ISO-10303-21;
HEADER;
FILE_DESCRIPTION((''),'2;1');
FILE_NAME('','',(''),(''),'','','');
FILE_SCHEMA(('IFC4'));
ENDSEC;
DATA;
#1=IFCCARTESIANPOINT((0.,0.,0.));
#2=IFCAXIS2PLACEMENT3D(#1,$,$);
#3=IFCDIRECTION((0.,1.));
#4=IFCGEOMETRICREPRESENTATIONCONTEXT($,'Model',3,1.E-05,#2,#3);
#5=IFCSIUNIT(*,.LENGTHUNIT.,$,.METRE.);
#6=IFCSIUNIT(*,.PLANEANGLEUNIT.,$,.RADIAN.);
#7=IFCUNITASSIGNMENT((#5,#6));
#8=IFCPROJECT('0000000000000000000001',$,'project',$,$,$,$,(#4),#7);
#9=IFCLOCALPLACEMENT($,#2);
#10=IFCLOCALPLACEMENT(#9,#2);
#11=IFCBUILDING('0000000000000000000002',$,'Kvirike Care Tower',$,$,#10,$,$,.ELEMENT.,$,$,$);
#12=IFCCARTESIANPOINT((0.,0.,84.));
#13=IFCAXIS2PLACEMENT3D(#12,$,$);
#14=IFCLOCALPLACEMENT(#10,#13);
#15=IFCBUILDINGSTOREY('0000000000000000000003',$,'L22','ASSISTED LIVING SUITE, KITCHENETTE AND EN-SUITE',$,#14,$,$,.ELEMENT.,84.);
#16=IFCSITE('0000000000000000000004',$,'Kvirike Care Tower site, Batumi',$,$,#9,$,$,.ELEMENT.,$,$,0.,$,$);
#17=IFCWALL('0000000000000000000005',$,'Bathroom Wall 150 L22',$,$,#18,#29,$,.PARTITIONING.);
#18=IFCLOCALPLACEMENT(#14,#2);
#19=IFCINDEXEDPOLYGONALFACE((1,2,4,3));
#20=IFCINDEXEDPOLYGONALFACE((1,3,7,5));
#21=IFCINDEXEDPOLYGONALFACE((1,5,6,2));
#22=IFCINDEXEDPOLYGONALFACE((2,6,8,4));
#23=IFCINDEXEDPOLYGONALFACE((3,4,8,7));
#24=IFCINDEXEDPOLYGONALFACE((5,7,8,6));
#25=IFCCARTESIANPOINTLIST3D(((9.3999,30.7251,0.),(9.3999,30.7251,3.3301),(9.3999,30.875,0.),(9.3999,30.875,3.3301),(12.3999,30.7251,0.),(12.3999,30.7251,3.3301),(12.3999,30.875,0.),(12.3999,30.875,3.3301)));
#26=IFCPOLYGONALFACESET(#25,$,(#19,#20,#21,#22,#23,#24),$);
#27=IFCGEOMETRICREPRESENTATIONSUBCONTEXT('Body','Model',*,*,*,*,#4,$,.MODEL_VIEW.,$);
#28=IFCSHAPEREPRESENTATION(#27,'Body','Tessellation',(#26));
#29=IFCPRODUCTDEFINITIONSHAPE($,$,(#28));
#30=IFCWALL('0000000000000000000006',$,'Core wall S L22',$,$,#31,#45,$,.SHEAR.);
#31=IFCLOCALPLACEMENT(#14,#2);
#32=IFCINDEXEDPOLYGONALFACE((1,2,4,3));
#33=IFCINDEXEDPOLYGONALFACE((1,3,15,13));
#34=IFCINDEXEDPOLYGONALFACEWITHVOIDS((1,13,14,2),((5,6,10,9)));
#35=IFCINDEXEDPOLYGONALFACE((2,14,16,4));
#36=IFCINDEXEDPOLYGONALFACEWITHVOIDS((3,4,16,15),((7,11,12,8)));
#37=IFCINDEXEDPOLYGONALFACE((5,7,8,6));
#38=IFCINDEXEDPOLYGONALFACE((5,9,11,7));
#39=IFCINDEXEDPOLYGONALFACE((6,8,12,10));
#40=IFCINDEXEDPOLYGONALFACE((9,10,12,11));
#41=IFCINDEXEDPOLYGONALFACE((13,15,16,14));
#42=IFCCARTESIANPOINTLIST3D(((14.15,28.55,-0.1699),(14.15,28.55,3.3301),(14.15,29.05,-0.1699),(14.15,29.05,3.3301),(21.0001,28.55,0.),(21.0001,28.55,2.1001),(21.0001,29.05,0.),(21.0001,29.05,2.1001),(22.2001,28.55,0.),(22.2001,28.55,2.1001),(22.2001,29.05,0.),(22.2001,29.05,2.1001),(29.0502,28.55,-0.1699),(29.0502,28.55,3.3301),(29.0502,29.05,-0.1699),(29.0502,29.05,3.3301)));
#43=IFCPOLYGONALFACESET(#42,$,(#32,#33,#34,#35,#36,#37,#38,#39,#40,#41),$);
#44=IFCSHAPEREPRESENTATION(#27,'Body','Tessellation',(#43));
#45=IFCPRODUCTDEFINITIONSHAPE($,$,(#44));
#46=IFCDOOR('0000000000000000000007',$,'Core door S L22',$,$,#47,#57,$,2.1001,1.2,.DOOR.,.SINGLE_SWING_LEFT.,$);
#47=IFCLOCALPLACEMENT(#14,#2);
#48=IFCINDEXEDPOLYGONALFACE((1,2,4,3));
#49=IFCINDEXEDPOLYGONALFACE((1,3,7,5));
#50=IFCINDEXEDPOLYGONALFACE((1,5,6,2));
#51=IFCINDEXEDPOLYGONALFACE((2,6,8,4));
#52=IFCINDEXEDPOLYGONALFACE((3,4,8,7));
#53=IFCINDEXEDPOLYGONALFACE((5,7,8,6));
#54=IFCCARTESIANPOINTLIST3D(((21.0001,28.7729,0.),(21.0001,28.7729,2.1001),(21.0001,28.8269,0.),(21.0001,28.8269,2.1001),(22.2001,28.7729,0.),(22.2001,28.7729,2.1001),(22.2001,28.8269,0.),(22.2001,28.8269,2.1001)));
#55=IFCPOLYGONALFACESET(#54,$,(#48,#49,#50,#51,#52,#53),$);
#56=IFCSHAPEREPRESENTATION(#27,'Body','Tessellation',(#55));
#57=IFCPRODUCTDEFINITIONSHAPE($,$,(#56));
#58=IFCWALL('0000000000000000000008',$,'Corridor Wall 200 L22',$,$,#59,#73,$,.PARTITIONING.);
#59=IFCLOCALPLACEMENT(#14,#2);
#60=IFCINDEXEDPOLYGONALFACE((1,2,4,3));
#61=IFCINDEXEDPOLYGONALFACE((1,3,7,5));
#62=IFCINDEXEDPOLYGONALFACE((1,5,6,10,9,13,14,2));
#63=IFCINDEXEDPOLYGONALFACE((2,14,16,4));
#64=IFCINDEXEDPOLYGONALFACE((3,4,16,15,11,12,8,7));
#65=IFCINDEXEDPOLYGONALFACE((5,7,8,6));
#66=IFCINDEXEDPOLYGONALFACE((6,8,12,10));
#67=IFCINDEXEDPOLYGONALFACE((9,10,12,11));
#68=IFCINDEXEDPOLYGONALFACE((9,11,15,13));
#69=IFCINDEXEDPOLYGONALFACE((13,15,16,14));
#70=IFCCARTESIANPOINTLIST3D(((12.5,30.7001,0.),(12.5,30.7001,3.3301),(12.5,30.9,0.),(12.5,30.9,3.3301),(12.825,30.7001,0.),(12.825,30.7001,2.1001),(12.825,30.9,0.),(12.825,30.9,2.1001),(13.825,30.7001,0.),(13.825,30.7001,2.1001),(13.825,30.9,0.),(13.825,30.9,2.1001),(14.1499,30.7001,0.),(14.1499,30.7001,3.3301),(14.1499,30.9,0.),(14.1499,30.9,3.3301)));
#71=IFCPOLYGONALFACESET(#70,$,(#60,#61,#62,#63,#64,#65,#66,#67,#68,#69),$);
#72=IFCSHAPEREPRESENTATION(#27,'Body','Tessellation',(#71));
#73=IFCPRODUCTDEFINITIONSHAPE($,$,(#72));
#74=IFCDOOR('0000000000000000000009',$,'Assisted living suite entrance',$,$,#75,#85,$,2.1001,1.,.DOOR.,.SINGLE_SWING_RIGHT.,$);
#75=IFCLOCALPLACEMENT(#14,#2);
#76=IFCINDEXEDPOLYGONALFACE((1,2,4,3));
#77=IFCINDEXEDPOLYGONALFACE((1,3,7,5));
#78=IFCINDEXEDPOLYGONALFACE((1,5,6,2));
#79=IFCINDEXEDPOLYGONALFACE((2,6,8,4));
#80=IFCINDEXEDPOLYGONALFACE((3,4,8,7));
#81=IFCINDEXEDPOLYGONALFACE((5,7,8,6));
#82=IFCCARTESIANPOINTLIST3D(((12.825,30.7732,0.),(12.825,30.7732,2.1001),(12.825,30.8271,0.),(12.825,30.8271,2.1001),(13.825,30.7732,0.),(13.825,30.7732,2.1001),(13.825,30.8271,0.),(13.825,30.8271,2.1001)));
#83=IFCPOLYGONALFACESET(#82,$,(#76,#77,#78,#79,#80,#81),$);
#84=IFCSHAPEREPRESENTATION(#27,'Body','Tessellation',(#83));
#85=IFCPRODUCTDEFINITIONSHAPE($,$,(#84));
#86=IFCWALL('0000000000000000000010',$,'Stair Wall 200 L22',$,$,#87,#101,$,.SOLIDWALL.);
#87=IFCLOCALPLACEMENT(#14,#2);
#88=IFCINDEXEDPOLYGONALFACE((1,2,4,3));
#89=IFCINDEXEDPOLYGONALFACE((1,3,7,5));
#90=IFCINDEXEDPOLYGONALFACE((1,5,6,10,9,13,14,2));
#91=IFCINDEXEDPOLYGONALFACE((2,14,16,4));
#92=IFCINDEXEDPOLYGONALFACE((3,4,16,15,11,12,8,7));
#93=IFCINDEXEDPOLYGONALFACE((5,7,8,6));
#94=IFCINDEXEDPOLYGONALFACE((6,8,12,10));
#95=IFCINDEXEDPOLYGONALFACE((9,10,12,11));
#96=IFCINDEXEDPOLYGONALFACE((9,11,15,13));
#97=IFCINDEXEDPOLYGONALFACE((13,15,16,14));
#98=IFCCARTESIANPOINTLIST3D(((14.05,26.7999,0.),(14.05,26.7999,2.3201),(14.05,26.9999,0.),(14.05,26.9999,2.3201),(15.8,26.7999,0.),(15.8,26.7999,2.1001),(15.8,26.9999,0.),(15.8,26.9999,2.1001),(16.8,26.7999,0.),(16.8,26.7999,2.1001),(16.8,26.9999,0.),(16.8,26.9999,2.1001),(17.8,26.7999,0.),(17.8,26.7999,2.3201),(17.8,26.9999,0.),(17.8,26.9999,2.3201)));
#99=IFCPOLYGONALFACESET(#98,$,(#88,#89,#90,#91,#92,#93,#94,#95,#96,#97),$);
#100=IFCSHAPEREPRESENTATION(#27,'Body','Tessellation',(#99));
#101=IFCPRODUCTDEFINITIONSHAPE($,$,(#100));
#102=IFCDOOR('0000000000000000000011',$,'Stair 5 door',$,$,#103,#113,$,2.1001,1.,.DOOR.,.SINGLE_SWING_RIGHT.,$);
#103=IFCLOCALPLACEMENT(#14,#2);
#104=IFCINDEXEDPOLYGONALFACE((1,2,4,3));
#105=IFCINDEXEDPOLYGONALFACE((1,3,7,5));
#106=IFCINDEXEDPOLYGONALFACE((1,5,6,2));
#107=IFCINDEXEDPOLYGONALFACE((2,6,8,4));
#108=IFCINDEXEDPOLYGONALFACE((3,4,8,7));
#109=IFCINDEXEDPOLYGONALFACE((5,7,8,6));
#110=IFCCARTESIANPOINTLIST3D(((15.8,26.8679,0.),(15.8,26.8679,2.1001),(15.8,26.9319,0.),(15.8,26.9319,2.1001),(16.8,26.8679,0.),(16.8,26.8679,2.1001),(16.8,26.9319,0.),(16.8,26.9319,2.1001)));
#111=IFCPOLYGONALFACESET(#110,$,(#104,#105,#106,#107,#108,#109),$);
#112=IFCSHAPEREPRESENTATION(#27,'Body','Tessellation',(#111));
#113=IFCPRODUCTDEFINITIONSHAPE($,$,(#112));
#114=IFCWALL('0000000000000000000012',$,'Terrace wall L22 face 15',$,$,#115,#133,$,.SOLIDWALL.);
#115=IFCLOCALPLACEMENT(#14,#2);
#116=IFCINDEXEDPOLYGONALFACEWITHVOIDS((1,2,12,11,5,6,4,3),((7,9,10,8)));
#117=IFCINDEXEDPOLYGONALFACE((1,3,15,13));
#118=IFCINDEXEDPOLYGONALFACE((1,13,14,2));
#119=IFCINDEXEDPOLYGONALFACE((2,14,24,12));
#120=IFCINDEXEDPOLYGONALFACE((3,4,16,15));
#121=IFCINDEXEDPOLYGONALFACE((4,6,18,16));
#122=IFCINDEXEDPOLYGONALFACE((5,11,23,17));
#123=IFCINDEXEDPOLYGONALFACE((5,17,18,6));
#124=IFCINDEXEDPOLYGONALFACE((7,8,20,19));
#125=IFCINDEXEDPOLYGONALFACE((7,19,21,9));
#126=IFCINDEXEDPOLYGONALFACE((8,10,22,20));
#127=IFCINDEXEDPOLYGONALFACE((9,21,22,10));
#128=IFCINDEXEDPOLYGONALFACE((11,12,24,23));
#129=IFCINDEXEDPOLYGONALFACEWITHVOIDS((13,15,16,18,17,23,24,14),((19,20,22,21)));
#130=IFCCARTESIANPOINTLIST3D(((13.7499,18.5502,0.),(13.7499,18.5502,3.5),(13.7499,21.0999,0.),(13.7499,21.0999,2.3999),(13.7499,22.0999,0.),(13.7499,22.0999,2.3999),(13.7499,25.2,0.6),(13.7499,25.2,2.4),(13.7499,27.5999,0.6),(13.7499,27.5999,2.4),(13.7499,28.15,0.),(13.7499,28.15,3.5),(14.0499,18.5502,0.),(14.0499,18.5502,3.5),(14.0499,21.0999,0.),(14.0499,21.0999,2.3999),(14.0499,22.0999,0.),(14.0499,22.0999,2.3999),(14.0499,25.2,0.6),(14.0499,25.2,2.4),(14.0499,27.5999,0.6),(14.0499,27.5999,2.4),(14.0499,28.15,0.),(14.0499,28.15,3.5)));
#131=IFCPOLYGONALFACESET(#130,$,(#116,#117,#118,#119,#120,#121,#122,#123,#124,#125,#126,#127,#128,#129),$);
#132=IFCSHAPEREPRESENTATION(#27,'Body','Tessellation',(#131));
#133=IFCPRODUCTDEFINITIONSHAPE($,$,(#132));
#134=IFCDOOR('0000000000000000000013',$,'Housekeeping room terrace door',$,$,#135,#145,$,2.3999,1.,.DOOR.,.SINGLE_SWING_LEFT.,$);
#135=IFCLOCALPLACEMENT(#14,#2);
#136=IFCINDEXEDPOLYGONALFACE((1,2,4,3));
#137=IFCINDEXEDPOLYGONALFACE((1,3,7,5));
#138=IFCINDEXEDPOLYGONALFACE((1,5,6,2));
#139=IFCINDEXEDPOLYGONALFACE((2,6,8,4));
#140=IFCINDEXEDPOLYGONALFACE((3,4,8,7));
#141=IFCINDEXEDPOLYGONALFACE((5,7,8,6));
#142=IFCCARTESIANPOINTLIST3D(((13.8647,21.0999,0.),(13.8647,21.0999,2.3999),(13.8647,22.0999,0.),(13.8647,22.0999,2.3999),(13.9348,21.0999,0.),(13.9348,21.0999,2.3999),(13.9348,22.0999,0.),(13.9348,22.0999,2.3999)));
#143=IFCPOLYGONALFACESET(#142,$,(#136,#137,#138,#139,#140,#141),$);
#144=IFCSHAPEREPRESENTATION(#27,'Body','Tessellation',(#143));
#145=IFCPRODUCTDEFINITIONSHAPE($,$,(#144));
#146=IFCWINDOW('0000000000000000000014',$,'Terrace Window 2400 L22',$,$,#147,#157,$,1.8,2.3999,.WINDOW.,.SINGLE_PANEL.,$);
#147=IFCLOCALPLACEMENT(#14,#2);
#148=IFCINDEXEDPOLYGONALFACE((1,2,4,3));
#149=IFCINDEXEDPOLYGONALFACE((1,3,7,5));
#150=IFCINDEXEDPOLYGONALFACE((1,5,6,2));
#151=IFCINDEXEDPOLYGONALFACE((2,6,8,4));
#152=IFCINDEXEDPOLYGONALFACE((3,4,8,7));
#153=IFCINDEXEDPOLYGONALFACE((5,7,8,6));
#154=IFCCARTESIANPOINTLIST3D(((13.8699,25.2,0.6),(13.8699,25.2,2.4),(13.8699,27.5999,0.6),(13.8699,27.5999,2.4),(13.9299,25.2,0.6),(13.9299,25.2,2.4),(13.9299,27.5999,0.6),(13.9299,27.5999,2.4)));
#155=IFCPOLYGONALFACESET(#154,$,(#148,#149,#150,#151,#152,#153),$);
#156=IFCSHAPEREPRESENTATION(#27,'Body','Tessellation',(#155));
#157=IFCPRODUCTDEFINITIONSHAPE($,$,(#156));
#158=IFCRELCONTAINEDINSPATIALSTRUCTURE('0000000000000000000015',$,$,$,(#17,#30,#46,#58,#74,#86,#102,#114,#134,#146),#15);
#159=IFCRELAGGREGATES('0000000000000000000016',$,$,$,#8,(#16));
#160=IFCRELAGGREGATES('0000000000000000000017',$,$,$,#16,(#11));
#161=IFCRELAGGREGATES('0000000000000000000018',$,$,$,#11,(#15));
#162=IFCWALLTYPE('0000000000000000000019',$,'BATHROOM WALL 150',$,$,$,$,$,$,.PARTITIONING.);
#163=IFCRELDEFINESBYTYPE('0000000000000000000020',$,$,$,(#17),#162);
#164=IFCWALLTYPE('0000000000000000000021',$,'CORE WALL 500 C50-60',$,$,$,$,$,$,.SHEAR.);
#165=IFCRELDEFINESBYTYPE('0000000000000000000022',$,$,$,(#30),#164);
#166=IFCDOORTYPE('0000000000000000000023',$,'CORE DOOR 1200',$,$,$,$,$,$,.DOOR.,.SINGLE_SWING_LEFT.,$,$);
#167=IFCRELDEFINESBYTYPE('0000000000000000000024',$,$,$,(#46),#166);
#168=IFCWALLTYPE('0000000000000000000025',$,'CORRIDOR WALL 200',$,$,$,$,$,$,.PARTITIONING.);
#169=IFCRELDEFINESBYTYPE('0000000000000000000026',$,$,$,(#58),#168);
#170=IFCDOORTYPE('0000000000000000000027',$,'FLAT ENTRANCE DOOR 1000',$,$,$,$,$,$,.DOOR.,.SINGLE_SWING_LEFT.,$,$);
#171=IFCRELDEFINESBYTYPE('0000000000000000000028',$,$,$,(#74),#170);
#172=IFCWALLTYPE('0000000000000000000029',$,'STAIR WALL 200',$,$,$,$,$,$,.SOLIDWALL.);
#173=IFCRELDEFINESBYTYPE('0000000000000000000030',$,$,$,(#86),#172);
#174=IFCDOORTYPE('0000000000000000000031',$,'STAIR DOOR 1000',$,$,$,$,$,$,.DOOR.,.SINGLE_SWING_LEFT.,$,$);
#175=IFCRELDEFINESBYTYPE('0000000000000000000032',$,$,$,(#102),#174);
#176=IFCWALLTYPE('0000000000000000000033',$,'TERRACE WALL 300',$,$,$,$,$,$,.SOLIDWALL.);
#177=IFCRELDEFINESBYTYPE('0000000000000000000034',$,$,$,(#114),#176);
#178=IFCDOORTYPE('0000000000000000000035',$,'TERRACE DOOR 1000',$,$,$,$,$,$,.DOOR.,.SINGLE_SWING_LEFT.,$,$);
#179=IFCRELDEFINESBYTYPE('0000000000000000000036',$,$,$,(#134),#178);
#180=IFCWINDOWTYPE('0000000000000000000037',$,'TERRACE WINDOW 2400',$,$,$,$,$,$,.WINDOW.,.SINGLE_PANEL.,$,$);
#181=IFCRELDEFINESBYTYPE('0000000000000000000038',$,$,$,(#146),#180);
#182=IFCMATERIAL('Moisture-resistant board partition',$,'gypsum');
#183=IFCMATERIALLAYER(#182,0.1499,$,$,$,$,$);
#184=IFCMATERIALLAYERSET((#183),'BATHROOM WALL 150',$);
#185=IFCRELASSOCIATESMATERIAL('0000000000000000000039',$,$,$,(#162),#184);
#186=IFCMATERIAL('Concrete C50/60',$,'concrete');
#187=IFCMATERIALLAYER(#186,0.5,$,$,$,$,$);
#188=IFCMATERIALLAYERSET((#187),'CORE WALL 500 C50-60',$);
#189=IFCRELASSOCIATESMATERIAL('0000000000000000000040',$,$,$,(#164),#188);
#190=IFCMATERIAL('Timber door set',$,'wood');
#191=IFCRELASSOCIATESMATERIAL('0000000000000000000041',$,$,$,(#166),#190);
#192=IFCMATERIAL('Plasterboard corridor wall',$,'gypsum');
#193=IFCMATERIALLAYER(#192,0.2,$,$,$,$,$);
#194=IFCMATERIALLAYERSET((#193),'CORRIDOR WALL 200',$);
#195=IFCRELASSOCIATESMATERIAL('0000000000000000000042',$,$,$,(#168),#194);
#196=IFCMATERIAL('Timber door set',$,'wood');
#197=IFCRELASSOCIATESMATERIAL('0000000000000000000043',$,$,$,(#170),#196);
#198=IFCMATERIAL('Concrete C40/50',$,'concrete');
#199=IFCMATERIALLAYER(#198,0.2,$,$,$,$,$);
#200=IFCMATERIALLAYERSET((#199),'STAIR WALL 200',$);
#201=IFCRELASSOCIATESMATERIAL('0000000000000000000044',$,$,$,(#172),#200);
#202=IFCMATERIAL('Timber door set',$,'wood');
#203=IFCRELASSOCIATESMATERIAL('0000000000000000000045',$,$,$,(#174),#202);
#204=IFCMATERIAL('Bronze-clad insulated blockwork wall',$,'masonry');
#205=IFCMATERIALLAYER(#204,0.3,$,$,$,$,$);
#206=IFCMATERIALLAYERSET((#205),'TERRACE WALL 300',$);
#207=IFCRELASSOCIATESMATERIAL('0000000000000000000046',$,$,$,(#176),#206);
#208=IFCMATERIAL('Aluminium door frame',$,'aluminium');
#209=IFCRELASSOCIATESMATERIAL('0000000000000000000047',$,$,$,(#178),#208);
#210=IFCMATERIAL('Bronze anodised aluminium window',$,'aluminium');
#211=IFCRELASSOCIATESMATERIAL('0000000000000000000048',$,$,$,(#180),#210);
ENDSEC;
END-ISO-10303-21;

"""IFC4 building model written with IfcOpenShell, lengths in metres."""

from ifc_helpers import new_model, si_unit, direction, frame, frame_2d, origin, place, context, subcontext, project, spatial, rectangle, extrude, material, layer, layer_set, type_object, element, fill, save


model = new_model("IFC4")

# Units and contexts
model_context = context("Model", 3, precision=1e-05, world=origin(), true_north=direction((0.0, 1.0)))
body_context = subcontext(model_context, "Body", "Model", "MODEL_VIEW")
ifc_project = project(units=[si_unit("LENGTHUNIT", "METRE"), si_unit("PLANEANGLEUNIT", "RADIAN")], contexts=[model_context])

# Site, building, storey
site_placement = place(None, origin())
site = spatial("IfcSite", under=ifc_project, at=site_placement, Name="Kvirike Care Tower site, Batumi", CompositionType="ELEMENT", RefElevation=0.0)
building_placement = place(site_placement, origin())
building = spatial("IfcBuilding", under=site, at=building_placement, Name="Kvirike Care Tower", CompositionType="ELEMENT")
storey_placement = place(building_placement, frame((0.0, 0.0, 84.0)))
storey = spatial("IfcBuildingStorey", under=building, at=storey_placement, Name="L22", Description="ASSISTED LIVING SUITE, KITCHENETTE AND EN-SUITE", CompositionType="ELEMENT", Elevation=84.0)

# Wall
ifc_material_1 = material(Name="Moisture-resistant board partition", Category="gypsum")
ifc_layer_1 = layer(ifc_material_1, 0.1499)
ifc_layer_set_1 = layer_set([ifc_layer_1], Name="BATHROOM WALL 150")
wall_type_1 = type_object("IfcWallType", Name="BATHROOM WALL 150", PredefinedType="PARTITIONING", material=ifc_layer_set_1)
wall_1_placement = place(storey_placement, frame((9.3999, 30.8, 0.0), z_axis=(0.0, 0.0, 1.0), x_axis=(1.0, 0.0, 0.0)))
element("IfcWall", 1, at=wall_1_placement, inside=storey, type_object=wall_type_1, Name="Bathroom Wall 150 L22", PredefinedType="PARTITIONING", context=body_context, shape_type="SweptSolid", body=[
    extrude(rectangle(XDim=3.0, YDim=0.1499, at=frame_2d((1.5, 0.0))), origin(), (0.0, 0.0, 1.0), 3.3301),
])

# Walls, openings, doors
ifc_material_2 = material(Name="Concrete C50/60", Category="concrete")
ifc_layer_2 = layer(ifc_material_2, 0.5)
ifc_layer_set_2 = layer_set([ifc_layer_2], Name="CORE WALL 500 C50-60")
wall_type_2 = type_object("IfcWallType", Name="CORE WALL 500 C50-60", PredefinedType="SHEAR", material=ifc_layer_set_2)
wall_2_placement = place(storey_placement, frame((14.1499, 28.8, -0.1699), z_axis=(0.0, 0.0, 1.0), x_axis=(1.0, 0.0, 0.0)))
wall_2 = element("IfcWall", 2, at=wall_2_placement, inside=storey, type_object=wall_type_2, Name="Core wall S L22", PredefinedType="SHEAR", context=body_context, shape_type="SweptSolid", body=[
    extrude(rectangle(XDim=14.9001, YDim=0.5, at=frame_2d((7.4502, 0.0))), origin(), (0.0, 0.0, 1.0), 3.5),
])
opening_1_placement = place(wall_2_placement, frame((6.8501, 0.0, 0.1699)))
opening_1 = element("IfcOpeningElement", 3, at=opening_1_placement, cuts=wall_2, PredefinedType="OPENING", context=body_context, shape_type="SweptSolid", body=[
    extrude(rectangle(XDim=1.2, YDim=2.1001, at=frame_2d((0.6001, 1.05))), frame((0.0, 0.2605, 0.0), z_axis=(0.0, -1.0, 0.0), x_axis=(1.0, 0.0, 0.0)), (0.0, 0.0, 1.0), 0.521),
])
ifc_material_3 = material(Name="Timber door set", Category="wood")
door_type_1 = type_object("IfcDoorType", Name="CORE DOOR 1200", OperationType="SINGLE_SWING_LEFT", PredefinedType="DOOR", material=ifc_material_3)
door_1_placement = place(opening_1_placement, origin())
door_1 = element("IfcDoor", 4, at=door_1_placement, inside=storey, type_object=door_type_1, Name="Core door S L22", OperationType="SINGLE_SWING_LEFT", OverallHeight=2.1001, OverallWidth=1.2, PredefinedType="DOOR", context=body_context, shape_type="SweptSolid", body=[
    extrude(rectangle(XDim=1.2, YDim=2.1001, at=frame_2d((0.6001, 1.05))), frame((0.0, 0.0269, 0.0), z_axis=(0.0, -1.0, 0.0), x_axis=(1.0, 0.0, 0.0)), (0.0, 0.0, 1.0), 0.054),
])
fill(opening_1, door_1)
ifc_material_4 = material(Name="Plasterboard corridor wall", Category="gypsum")
ifc_layer_3 = layer(ifc_material_4, 0.2)
ifc_layer_set_3 = layer_set([ifc_layer_3], Name="CORRIDOR WALL 200")
wall_type_3 = type_object("IfcWallType", Name="CORRIDOR WALL 200", PredefinedType="PARTITIONING", material=ifc_layer_set_3)
wall_3_placement = place(storey_placement, frame((12.5, 30.8, 0.0), z_axis=(0.0, 0.0, 1.0), x_axis=(1.0, 0.0, 0.0)))
wall_3 = element("IfcWall", 5, at=wall_3_placement, inside=storey, type_object=wall_type_3, Name="Corridor Wall 200 L22", PredefinedType="PARTITIONING", context=body_context, shape_type="SweptSolid", body=[
    extrude(rectangle(XDim=1.6499, YDim=0.2, at=frame_2d((0.825, 0.0))), origin(), (0.0, 0.0, 1.0), 3.3301),
])
opening_2_placement = place(wall_3_placement, frame((0.325, 0.0, 0.0)))
opening_2 = element("IfcOpeningElement", 6, at=opening_2_placement, cuts=wall_3, PredefinedType="OPENING", context=body_context, shape_type="SweptSolid", body=[
    extrude(rectangle(XDim=1.0, YDim=2.1001, at=frame_2d((0.5, 1.05))), frame((0.0, 0.1106, 0.0), z_axis=(0.0, -1.0, 0.0), x_axis=(1.0, 0.0, 0.0)), (0.0, 0.0, 1.0), 0.2209),
])
ifc_material_5 = material(Name="Timber door set", Category="wood")
door_type_2 = type_object("IfcDoorType", Name="FLAT ENTRANCE DOOR 1000", OperationType="SINGLE_SWING_LEFT", PredefinedType="DOOR", material=ifc_material_5)
door_2_placement = place(opening_2_placement, frame((1.0, 0.0, 0.0), z_axis=(0.0, 0.0, 1.0), x_axis=(-1.0, 0.0, 0.0)))
door_2 = element("IfcDoor", 7, at=door_2_placement, inside=storey, type_object=door_type_2, Name="Assisted living suite entrance", OperationType="SINGLE_SWING_RIGHT", OverallHeight=2.1001, OverallWidth=1.0, PredefinedType="DOOR", context=body_context, shape_type="SweptSolid", body=[
    extrude(rectangle(XDim=1.0, YDim=2.1001, at=frame_2d((0.5, 1.05))), frame((0.0, 0.0269, 0.0), z_axis=(0.0, -1.0, 0.0), x_axis=(1.0, 0.0, 0.0)), (0.0, 0.0, 1.0), 0.054),
])
fill(opening_2, door_2)
ifc_material_6 = material(Name="Concrete C40/50", Category="concrete")
ifc_layer_4 = layer(ifc_material_6, 0.2)
ifc_layer_set_4 = layer_set([ifc_layer_4], Name="STAIR WALL 200")
wall_type_4 = type_object("IfcWallType", Name="STAIR WALL 200", PredefinedType="SOLIDWALL", material=ifc_layer_set_4)
wall_4_placement = place(storey_placement, frame((14.05, 26.8999, 0.0), z_axis=(0.0, 0.0, 1.0), x_axis=(1.0, 0.0, 0.0)))
wall_4 = element("IfcWall", 8, at=wall_4_placement, inside=storey, type_object=wall_type_4, Name="Stair Wall 200 L22", PredefinedType="SOLIDWALL", context=body_context, shape_type="SweptSolid", body=[
    extrude(rectangle(XDim=3.75, YDim=0.2, at=frame_2d((1.875, 0.0))), origin(), (0.0, 0.0, 1.0), 2.3201),
])
opening_3_placement = place(wall_4_placement, frame((1.75, 0.0, 0.0)))
opening_3 = element("IfcOpeningElement", 9, at=opening_3_placement, cuts=wall_4, PredefinedType="OPENING", context=body_context, shape_type="SweptSolid", body=[
    extrude(rectangle(XDim=1.0, YDim=2.1001, at=frame_2d((0.5, 1.05))), frame((0.0, 0.1106, 0.0), z_axis=(0.0, -1.0, 0.0), x_axis=(1.0, 0.0, 0.0)), (0.0, 0.0, 1.0), 0.2209),
])
ifc_material_7 = material(Name="Timber door set", Category="wood")
door_type_3 = type_object("IfcDoorType", Name="STAIR DOOR 1000", OperationType="SINGLE_SWING_LEFT", PredefinedType="DOOR", material=ifc_material_7)
door_3_placement = place(opening_3_placement, frame((1.0, 0.0, 0.0), z_axis=(0.0, 0.0, 1.0), x_axis=(-1.0, 0.0, 0.0)))
door_3 = element("IfcDoor", 10, at=door_3_placement, inside=storey, type_object=door_type_3, Name="Stair 5 door", OperationType="SINGLE_SWING_RIGHT", OverallHeight=2.1001, OverallWidth=1.0, PredefinedType="DOOR", context=body_context, shape_type="SweptSolid", body=[
    extrude(rectangle(XDim=1.0, YDim=2.1001, at=frame_2d((0.5, 1.05))), frame((0.0, 0.032, 0.0), z_axis=(0.0, -1.0, 0.0), x_axis=(1.0, 0.0, 0.0)), (0.0, 0.0, 1.0), 0.064),
])
fill(opening_3, door_3)

# Wall, openings, door, window
ifc_material_8 = material(Name="Bronze-clad insulated blockwork wall", Category="masonry")
ifc_layer_5 = layer(ifc_material_8, 0.3)
ifc_layer_set_5 = layer_set([ifc_layer_5], Name="TERRACE WALL 300")
wall_type_5 = type_object("IfcWallType", Name="TERRACE WALL 300", PredefinedType="SOLIDWALL", material=ifc_layer_set_5)
wall_5_placement = place(storey_placement, frame((13.8999, 28.1499, 0.0), z_axis=(0.0, 0.0, 1.0), x_axis=(0.0, -1.0, 0.0)))
wall_5 = element("IfcWall", 11, at=wall_5_placement, inside=storey, type_object=wall_type_5, Name="Terrace wall L22 face 15", PredefinedType="SOLIDWALL", context=body_context, shape_type="SweptSolid", body=[
    extrude(rectangle(XDim=9.5999, YDim=0.3, at=frame_2d((4.7998, 0.0))), origin(), (0.0, 0.0, 1.0), 3.5),
])
opening_4_placement = place(wall_5_placement, frame((6.05, 0.0, 0.0)))
opening_4 = element("IfcOpeningElement", 12, at=opening_4_placement, cuts=wall_5, PredefinedType="OPENING", context=body_context, shape_type="SweptSolid", body=[
    extrude(rectangle(XDim=1.0, YDim=2.3999, at=frame_2d((0.5, 1.2))), frame((0.0, 0.1606, 0.0), z_axis=(0.0, -1.0, 0.0), x_axis=(1.0, 0.0, 0.0)), (0.0, 0.0, 1.0), 0.321),
])
opening_5_placement = place(wall_5_placement, frame((0.55, 0.0, 0.6001)))
opening_5 = element("IfcOpeningElement", 13, at=opening_5_placement, cuts=wall_5, PredefinedType="OPENING", context=body_context, shape_type="SweptSolid", body=[
    extrude(rectangle(XDim=2.3999, YDim=1.8, at=frame_2d((1.2, 0.8999))), frame((0.0, 0.1606, 0.0), z_axis=(0.0, -1.0, 0.0), x_axis=(1.0, 0.0, 0.0)), (0.0, 0.0, 1.0), 0.321),
])
ifc_material_9 = material(Name="Aluminium door frame", Category="aluminium")
door_type_4 = type_object("IfcDoorType", Name="TERRACE DOOR 1000", OperationType="SINGLE_SWING_LEFT", PredefinedType="DOOR", material=ifc_material_9)
door_4_placement = place(opening_4_placement, frame((1.0, 0.0, 0.0), z_axis=(0.0, 0.0, 1.0), x_axis=(-1.0, 0.0, 0.0)))
door_4 = element("IfcDoor", 14, at=door_4_placement, inside=storey, type_object=door_type_4, Name="Housekeeping room terrace door", OperationType="SINGLE_SWING_LEFT", OverallHeight=2.3999, OverallWidth=1.0, PredefinedType="DOOR", context=body_context, shape_type="SweptSolid", body=[
    extrude(rectangle(XDim=1.0, YDim=2.3999, at=frame_2d((0.5, 1.2))), frame((0.0, 0.0352, 0.0), z_axis=(0.0, -1.0, 0.0), x_axis=(1.0, 0.0, 0.0)), (0.0, 0.0, 1.0), 0.0701),
])
fill(opening_4, door_4)
ifc_material_10 = material(Name="Bronze anodised aluminium window", Category="aluminium")
window_type = type_object("IfcWindowType", Name="TERRACE WINDOW 2400", PartitioningType="SINGLE_PANEL", PredefinedType="WINDOW", material=ifc_material_10)
window_placement = place(opening_5_placement, origin())
window = element("IfcWindow", 15, at=window_placement, inside=storey, type_object=window_type, Name="Terrace Window 2400 L22", OverallHeight=1.8, OverallWidth=2.3999, PartitioningType="SINGLE_PANEL", PredefinedType="WINDOW", context=body_context, shape_type="SweptSolid", body=[
    extrude(rectangle(XDim=2.3999, YDim=1.8, at=frame_2d((1.2, 0.8999))), frame((0.0, 0.03, 0.0), z_axis=(0.0, -1.0, 0.0), x_axis=(1.0, 0.0, 0.0)), (0.0, 0.0, 1.0), 0.0601),
])
fill(opening_5, window)

save(model, "model.ifc")
